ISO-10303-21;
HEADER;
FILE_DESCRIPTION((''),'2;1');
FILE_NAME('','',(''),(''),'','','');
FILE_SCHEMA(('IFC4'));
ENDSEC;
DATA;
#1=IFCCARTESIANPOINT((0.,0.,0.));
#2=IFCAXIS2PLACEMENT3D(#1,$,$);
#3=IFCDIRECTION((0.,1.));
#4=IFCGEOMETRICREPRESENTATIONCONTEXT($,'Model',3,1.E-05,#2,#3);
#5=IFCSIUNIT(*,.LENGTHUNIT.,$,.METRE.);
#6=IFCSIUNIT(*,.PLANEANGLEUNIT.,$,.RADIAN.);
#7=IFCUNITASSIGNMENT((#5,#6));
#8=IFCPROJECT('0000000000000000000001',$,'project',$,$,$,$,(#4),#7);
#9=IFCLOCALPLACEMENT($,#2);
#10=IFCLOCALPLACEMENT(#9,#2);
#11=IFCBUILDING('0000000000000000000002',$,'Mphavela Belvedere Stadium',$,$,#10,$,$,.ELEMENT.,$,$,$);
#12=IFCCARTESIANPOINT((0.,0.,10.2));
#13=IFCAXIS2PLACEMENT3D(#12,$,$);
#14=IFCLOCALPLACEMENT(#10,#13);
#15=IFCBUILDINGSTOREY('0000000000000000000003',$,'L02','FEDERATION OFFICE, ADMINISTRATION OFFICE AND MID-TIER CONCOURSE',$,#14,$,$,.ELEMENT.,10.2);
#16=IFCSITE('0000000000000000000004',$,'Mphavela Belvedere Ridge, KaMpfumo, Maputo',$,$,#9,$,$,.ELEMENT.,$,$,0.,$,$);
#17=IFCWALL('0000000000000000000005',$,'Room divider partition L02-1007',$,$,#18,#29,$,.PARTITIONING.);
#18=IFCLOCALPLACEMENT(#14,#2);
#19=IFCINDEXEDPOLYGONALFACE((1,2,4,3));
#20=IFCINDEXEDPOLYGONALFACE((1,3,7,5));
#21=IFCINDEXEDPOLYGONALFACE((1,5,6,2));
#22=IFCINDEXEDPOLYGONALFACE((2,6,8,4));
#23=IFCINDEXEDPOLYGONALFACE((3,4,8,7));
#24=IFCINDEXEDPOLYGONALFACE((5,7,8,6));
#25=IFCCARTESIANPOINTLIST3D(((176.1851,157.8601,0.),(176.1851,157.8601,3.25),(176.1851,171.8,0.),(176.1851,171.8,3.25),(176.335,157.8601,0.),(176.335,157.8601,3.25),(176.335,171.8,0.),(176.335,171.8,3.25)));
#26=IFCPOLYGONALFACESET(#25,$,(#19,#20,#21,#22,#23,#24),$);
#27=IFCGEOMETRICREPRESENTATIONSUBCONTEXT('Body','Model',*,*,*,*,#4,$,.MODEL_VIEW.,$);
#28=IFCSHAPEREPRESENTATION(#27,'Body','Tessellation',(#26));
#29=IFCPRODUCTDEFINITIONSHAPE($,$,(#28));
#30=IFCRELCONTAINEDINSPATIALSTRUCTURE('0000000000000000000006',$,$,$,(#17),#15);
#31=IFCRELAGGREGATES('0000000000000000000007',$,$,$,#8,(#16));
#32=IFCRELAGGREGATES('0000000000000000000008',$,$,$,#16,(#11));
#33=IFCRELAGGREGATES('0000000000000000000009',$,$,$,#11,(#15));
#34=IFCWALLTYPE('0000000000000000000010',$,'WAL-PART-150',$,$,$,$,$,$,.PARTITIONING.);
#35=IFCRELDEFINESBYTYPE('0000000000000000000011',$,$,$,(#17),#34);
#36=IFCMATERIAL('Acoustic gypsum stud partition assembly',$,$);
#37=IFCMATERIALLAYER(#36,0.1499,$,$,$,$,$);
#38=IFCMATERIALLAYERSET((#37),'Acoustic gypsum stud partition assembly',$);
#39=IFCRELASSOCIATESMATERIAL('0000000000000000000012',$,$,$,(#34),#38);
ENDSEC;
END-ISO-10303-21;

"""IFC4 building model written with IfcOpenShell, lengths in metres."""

from ifc_helpers import new_model, si_unit, direction, frame, frame_2d, origin, place, context, subcontext, project, spatial, rectangle, extrude, material, layer, layer_set, type_object, element, save


model = new_model("IFC4")

# Units and contexts
model_context = context("Model", 3, precision=1e-05, world=origin(), true_north=direction((0.0, 1.0)))
body_context = subcontext(model_context, "Body", "Model", "MODEL_VIEW")
ifc_project = project(units=[si_unit("LENGTHUNIT", "METRE"), si_unit("PLANEANGLEUNIT", "RADIAN")], contexts=[model_context])

# Site, building, storey
site_placement = place(None, origin())
site = spatial("IfcSite", under=ifc_project, at=site_placement, Name="Mphavela Belvedere Ridge, KaMpfumo, Maputo", CompositionType="ELEMENT", RefElevation=0.0)
building_placement = place(site_placement, origin())
building = spatial("IfcBuilding", under=site, at=building_placement, Name="Mphavela Belvedere Stadium", CompositionType="ELEMENT")
storey_placement = place(building_placement, frame((0.0, 0.0, 10.2)))
storey = spatial("IfcBuildingStorey", under=building, at=storey_placement, Name="L02", Description="FEDERATION OFFICE, ADMINISTRATION OFFICE AND MID-TIER CONCOURSE", CompositionType="ELEMENT", Elevation=10.2)

# Wall
ifc_material_1 = material(Name="Acoustic gypsum stud partition assembly")
ifc_layer_1 = layer(ifc_material_1, 0.1499)
ifc_layer_set_1 = layer_set([ifc_layer_1], Name="Acoustic gypsum stud partition assembly")
wall_type_1 = type_object("IfcWallType", Name="WAL-PART-150", PredefinedType="PARTITIONING", material=ifc_layer_set_1)
wall_1_placement = place(storey_placement, frame((176.26, 157.8601, 0.0), z_axis=(0.0, 0.0, 1.0), x_axis=(0.0, 1.0, 0.0)))
element("IfcWall", 1, at=wall_1_placement, inside=storey, type_object=wall_type_1, Name="Room divider partition L02-1007", PredefinedType="PARTITIONING", context=body_context, shape_type="SweptSolid", body=[
    extrude(rectangle(XDim=13.9399, YDim=0.1499, at=frame_2d((6.97, 0.0))), origin(), (0.0, 0.0, 1.0), 3.25),
])

save(model, "model.ifc")
